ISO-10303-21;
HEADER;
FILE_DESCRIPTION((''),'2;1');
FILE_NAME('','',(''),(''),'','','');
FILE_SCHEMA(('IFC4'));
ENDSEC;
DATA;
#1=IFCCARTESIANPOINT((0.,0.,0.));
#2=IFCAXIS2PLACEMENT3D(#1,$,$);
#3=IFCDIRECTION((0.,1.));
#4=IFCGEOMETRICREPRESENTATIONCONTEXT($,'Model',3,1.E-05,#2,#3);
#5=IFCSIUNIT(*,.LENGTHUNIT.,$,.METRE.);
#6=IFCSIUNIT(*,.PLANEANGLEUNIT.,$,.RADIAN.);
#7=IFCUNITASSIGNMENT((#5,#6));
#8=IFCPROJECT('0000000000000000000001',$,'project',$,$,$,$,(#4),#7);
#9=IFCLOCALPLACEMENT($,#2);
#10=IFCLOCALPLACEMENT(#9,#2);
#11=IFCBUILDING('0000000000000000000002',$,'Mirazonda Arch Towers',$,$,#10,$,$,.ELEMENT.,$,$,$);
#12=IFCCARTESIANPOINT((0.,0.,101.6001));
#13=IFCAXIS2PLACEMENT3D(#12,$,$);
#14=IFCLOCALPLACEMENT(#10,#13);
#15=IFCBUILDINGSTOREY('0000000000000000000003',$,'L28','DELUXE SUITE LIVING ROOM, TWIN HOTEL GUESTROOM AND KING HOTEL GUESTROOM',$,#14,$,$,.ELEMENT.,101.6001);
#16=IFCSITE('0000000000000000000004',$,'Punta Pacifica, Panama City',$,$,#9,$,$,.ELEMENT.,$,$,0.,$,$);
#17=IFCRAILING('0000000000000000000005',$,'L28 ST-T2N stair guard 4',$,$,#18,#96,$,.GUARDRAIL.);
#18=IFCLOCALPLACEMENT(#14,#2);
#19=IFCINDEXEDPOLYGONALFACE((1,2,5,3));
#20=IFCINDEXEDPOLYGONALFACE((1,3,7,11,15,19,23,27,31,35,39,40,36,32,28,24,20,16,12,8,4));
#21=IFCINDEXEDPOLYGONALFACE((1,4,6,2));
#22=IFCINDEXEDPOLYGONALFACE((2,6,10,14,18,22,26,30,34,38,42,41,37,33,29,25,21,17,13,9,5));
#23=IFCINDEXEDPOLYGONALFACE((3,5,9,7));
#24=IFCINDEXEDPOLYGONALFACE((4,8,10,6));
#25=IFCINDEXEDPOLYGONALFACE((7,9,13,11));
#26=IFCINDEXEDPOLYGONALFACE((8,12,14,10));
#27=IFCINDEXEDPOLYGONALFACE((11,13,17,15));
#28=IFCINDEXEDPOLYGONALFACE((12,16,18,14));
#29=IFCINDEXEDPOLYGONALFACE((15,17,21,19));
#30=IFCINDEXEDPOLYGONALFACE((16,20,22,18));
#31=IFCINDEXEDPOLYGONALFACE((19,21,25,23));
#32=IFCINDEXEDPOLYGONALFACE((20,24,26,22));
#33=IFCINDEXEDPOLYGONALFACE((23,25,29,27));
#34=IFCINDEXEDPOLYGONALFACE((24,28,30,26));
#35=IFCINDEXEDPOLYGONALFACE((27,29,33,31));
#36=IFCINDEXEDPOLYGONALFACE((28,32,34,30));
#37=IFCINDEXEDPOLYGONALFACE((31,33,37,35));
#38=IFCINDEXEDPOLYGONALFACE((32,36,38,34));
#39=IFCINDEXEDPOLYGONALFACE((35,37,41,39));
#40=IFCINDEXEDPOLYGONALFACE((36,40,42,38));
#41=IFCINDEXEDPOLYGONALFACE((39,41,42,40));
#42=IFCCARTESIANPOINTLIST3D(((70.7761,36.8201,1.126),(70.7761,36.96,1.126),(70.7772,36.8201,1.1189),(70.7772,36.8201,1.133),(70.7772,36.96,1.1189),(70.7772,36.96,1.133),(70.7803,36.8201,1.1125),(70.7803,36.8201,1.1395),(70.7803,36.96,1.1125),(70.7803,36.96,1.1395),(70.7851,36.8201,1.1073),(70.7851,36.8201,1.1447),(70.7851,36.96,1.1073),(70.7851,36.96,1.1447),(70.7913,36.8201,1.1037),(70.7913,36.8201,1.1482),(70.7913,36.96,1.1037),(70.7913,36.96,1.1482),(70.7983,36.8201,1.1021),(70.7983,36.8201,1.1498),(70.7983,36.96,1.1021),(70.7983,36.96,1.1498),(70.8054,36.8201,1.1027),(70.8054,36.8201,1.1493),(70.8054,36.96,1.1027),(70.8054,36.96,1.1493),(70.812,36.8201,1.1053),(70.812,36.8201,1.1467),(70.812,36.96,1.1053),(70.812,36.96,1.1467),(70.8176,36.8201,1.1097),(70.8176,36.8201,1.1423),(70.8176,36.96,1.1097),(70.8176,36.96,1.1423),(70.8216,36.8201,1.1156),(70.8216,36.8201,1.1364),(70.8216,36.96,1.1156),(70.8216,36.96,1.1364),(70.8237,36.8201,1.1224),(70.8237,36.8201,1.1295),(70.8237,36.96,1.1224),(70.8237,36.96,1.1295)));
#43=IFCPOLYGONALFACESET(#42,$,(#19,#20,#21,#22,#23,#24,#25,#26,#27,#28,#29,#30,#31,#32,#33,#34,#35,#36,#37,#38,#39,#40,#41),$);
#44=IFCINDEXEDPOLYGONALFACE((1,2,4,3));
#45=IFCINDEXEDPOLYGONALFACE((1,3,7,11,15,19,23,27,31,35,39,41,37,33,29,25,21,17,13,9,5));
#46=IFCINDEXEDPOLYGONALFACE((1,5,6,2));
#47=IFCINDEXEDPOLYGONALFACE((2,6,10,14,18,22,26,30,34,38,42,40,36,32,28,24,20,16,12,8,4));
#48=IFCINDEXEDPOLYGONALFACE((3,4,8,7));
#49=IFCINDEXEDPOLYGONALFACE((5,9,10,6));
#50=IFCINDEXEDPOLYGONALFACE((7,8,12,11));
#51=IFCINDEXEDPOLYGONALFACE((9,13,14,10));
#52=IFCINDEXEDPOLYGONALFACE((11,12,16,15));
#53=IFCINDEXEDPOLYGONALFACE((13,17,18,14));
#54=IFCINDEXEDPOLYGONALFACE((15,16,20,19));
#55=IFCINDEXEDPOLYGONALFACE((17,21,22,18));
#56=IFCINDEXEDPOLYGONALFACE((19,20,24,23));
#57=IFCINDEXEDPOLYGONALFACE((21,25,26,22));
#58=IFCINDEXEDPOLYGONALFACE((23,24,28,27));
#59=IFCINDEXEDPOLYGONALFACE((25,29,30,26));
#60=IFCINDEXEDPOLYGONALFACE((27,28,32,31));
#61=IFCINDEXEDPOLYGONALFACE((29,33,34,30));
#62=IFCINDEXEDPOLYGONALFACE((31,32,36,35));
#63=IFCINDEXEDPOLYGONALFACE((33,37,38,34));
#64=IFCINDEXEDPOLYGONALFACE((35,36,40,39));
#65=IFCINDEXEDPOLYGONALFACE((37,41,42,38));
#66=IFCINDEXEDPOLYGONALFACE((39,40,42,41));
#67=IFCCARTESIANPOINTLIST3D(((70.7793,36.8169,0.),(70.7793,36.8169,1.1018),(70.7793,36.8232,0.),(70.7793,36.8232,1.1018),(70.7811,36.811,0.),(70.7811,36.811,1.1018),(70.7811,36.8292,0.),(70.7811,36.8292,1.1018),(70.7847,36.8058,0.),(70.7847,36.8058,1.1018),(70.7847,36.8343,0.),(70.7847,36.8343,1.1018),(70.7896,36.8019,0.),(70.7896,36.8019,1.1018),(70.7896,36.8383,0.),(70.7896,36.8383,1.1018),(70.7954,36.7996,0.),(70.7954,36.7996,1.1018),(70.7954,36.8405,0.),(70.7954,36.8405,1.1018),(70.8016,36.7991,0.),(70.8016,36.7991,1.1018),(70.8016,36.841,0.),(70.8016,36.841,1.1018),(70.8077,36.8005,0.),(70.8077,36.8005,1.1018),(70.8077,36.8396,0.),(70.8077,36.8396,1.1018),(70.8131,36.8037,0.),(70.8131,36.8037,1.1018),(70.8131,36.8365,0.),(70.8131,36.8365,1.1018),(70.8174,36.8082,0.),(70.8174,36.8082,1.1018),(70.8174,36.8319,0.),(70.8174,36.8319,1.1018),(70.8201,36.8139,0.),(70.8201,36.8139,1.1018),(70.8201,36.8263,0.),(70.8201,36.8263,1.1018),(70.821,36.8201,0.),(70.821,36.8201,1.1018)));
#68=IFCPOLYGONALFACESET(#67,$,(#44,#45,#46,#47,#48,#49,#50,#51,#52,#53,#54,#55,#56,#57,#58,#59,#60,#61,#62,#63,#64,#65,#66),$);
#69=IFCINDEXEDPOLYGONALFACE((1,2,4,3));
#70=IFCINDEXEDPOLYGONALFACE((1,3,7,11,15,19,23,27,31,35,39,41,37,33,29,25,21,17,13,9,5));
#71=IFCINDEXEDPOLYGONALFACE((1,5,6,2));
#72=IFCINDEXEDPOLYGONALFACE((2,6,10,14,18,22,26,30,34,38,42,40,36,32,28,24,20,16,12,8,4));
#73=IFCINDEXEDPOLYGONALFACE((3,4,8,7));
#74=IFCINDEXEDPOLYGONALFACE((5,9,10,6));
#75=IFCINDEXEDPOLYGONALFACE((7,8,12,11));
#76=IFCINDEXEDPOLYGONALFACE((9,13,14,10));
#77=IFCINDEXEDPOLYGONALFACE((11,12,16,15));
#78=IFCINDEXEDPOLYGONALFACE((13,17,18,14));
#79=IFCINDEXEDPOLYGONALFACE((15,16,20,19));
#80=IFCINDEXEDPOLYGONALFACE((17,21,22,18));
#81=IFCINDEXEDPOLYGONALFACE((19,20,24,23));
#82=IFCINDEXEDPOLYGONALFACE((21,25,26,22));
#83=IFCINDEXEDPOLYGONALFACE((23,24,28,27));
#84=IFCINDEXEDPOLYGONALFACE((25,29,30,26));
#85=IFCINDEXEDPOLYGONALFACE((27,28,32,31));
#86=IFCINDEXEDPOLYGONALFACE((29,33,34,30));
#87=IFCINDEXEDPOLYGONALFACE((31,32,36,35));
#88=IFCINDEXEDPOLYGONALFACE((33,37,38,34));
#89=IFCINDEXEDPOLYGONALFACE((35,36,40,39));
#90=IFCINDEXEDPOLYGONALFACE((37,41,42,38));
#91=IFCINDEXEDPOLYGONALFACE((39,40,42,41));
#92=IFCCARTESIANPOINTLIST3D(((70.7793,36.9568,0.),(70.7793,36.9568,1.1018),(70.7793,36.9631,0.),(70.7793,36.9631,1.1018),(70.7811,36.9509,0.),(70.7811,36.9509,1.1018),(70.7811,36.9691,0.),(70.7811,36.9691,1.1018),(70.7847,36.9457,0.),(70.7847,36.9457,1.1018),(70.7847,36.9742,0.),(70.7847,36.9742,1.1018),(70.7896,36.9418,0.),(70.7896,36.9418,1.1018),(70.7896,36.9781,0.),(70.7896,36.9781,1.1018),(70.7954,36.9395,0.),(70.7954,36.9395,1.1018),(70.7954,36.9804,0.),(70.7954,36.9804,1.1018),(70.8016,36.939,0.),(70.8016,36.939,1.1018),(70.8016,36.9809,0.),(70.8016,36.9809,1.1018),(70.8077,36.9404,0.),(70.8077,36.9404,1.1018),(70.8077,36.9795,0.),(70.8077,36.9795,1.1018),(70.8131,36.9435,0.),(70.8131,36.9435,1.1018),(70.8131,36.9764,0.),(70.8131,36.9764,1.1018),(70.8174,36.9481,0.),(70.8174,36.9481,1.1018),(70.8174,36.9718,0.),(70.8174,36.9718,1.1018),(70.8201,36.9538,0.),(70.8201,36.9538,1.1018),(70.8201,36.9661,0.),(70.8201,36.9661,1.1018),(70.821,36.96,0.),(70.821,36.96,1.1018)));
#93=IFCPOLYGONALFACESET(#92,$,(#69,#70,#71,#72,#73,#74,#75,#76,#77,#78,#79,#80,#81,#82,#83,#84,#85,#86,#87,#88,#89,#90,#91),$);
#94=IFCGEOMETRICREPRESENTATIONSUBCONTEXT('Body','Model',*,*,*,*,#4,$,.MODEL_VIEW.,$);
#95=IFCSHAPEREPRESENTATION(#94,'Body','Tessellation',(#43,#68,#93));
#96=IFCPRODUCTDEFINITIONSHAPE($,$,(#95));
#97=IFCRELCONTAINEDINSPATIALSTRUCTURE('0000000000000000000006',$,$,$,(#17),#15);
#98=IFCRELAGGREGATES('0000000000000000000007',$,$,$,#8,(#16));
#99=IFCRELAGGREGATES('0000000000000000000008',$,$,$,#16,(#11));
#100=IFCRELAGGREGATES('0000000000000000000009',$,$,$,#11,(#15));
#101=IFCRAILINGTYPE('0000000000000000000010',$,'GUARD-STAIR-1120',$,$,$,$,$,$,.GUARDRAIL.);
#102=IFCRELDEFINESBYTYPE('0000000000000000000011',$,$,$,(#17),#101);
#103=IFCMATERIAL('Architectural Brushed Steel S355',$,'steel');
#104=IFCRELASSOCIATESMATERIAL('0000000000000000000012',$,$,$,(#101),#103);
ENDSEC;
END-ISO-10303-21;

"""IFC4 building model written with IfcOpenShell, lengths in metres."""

from ifc_helpers import new_model, si_unit, direction, frame, origin, origin_2d, place, context, subcontext, project, spatial, circle, extrude, material, type_object, element, save


model = new_model("IFC4")

# Units and contexts
model_context = context("Model", 3, precision=1e-05, world=origin(), true_north=direction((0.0, 1.0)))
body_context = subcontext(model_context, "Body", "Model", "MODEL_VIEW")
ifc_project = project(units=[si_unit("LENGTHUNIT", "METRE"), si_unit("PLANEANGLEUNIT", "RADIAN")], contexts=[model_context])

# Site, building, storey
site_placement = place(None, origin())
site = spatial("IfcSite", under=ifc_project, at=site_placement, Name="Punta Pacifica, Panama City", CompositionType="ELEMENT", RefElevation=0.0)
building_placement = place(site_placement, origin())
building = spatial("IfcBuilding", under=site, at=building_placement, Name="Mirazonda Arch Towers", CompositionType="ELEMENT")
storey_placement = place(building_placement, frame((0.0, 0.0, 101.6001)))
storey = spatial("IfcBuildingStorey", under=building, at=storey_placement, Name="L28", Description="DELUXE SUITE LIVING ROOM, TWIN HOTEL GUESTROOM AND KING HOTEL GUESTROOM", CompositionType="ELEMENT", Elevation=101.6001)

# Railing
ifc_material_1 = material(Name="Architectural Brushed Steel S355", Category="steel")
railing_type = type_object("IfcRailingType", Name="GUARD-STAIR-1120", PredefinedType="GUARDRAIL", material=ifc_material_1)
railing_1_placement = place(storey_placement, frame((70.8, 36.8201, 0.0)))
element("IfcRailing", 1, at=railing_1_placement, inside=storey, type_object=railing_type, Name="L28 ST-T2N stair guard 4", PredefinedType="GUARDRAIL", context=body_context, shape_type="SweptSolid", body=[
    extrude(circle(Radius=0.0239, at=origin_2d()), frame((0.0, 0.0, 1.126), z_axis=(0.0, 1.0, 0.0), x_axis=(-1.0, 0.0, 0.0)), (0.0, 0.0, 1.0), 0.1399),
    extrude(circle(Radius=0.021, at=origin_2d()), origin(), (0.0, 0.0, 1.0), 1.1018),
    extrude(circle(Radius=0.021, at=origin_2d()), frame((0.0, 0.1399, 0.0)), (0.0, 0.0, 1.0), 1.1018),
])

save(model, "model.ifc")
